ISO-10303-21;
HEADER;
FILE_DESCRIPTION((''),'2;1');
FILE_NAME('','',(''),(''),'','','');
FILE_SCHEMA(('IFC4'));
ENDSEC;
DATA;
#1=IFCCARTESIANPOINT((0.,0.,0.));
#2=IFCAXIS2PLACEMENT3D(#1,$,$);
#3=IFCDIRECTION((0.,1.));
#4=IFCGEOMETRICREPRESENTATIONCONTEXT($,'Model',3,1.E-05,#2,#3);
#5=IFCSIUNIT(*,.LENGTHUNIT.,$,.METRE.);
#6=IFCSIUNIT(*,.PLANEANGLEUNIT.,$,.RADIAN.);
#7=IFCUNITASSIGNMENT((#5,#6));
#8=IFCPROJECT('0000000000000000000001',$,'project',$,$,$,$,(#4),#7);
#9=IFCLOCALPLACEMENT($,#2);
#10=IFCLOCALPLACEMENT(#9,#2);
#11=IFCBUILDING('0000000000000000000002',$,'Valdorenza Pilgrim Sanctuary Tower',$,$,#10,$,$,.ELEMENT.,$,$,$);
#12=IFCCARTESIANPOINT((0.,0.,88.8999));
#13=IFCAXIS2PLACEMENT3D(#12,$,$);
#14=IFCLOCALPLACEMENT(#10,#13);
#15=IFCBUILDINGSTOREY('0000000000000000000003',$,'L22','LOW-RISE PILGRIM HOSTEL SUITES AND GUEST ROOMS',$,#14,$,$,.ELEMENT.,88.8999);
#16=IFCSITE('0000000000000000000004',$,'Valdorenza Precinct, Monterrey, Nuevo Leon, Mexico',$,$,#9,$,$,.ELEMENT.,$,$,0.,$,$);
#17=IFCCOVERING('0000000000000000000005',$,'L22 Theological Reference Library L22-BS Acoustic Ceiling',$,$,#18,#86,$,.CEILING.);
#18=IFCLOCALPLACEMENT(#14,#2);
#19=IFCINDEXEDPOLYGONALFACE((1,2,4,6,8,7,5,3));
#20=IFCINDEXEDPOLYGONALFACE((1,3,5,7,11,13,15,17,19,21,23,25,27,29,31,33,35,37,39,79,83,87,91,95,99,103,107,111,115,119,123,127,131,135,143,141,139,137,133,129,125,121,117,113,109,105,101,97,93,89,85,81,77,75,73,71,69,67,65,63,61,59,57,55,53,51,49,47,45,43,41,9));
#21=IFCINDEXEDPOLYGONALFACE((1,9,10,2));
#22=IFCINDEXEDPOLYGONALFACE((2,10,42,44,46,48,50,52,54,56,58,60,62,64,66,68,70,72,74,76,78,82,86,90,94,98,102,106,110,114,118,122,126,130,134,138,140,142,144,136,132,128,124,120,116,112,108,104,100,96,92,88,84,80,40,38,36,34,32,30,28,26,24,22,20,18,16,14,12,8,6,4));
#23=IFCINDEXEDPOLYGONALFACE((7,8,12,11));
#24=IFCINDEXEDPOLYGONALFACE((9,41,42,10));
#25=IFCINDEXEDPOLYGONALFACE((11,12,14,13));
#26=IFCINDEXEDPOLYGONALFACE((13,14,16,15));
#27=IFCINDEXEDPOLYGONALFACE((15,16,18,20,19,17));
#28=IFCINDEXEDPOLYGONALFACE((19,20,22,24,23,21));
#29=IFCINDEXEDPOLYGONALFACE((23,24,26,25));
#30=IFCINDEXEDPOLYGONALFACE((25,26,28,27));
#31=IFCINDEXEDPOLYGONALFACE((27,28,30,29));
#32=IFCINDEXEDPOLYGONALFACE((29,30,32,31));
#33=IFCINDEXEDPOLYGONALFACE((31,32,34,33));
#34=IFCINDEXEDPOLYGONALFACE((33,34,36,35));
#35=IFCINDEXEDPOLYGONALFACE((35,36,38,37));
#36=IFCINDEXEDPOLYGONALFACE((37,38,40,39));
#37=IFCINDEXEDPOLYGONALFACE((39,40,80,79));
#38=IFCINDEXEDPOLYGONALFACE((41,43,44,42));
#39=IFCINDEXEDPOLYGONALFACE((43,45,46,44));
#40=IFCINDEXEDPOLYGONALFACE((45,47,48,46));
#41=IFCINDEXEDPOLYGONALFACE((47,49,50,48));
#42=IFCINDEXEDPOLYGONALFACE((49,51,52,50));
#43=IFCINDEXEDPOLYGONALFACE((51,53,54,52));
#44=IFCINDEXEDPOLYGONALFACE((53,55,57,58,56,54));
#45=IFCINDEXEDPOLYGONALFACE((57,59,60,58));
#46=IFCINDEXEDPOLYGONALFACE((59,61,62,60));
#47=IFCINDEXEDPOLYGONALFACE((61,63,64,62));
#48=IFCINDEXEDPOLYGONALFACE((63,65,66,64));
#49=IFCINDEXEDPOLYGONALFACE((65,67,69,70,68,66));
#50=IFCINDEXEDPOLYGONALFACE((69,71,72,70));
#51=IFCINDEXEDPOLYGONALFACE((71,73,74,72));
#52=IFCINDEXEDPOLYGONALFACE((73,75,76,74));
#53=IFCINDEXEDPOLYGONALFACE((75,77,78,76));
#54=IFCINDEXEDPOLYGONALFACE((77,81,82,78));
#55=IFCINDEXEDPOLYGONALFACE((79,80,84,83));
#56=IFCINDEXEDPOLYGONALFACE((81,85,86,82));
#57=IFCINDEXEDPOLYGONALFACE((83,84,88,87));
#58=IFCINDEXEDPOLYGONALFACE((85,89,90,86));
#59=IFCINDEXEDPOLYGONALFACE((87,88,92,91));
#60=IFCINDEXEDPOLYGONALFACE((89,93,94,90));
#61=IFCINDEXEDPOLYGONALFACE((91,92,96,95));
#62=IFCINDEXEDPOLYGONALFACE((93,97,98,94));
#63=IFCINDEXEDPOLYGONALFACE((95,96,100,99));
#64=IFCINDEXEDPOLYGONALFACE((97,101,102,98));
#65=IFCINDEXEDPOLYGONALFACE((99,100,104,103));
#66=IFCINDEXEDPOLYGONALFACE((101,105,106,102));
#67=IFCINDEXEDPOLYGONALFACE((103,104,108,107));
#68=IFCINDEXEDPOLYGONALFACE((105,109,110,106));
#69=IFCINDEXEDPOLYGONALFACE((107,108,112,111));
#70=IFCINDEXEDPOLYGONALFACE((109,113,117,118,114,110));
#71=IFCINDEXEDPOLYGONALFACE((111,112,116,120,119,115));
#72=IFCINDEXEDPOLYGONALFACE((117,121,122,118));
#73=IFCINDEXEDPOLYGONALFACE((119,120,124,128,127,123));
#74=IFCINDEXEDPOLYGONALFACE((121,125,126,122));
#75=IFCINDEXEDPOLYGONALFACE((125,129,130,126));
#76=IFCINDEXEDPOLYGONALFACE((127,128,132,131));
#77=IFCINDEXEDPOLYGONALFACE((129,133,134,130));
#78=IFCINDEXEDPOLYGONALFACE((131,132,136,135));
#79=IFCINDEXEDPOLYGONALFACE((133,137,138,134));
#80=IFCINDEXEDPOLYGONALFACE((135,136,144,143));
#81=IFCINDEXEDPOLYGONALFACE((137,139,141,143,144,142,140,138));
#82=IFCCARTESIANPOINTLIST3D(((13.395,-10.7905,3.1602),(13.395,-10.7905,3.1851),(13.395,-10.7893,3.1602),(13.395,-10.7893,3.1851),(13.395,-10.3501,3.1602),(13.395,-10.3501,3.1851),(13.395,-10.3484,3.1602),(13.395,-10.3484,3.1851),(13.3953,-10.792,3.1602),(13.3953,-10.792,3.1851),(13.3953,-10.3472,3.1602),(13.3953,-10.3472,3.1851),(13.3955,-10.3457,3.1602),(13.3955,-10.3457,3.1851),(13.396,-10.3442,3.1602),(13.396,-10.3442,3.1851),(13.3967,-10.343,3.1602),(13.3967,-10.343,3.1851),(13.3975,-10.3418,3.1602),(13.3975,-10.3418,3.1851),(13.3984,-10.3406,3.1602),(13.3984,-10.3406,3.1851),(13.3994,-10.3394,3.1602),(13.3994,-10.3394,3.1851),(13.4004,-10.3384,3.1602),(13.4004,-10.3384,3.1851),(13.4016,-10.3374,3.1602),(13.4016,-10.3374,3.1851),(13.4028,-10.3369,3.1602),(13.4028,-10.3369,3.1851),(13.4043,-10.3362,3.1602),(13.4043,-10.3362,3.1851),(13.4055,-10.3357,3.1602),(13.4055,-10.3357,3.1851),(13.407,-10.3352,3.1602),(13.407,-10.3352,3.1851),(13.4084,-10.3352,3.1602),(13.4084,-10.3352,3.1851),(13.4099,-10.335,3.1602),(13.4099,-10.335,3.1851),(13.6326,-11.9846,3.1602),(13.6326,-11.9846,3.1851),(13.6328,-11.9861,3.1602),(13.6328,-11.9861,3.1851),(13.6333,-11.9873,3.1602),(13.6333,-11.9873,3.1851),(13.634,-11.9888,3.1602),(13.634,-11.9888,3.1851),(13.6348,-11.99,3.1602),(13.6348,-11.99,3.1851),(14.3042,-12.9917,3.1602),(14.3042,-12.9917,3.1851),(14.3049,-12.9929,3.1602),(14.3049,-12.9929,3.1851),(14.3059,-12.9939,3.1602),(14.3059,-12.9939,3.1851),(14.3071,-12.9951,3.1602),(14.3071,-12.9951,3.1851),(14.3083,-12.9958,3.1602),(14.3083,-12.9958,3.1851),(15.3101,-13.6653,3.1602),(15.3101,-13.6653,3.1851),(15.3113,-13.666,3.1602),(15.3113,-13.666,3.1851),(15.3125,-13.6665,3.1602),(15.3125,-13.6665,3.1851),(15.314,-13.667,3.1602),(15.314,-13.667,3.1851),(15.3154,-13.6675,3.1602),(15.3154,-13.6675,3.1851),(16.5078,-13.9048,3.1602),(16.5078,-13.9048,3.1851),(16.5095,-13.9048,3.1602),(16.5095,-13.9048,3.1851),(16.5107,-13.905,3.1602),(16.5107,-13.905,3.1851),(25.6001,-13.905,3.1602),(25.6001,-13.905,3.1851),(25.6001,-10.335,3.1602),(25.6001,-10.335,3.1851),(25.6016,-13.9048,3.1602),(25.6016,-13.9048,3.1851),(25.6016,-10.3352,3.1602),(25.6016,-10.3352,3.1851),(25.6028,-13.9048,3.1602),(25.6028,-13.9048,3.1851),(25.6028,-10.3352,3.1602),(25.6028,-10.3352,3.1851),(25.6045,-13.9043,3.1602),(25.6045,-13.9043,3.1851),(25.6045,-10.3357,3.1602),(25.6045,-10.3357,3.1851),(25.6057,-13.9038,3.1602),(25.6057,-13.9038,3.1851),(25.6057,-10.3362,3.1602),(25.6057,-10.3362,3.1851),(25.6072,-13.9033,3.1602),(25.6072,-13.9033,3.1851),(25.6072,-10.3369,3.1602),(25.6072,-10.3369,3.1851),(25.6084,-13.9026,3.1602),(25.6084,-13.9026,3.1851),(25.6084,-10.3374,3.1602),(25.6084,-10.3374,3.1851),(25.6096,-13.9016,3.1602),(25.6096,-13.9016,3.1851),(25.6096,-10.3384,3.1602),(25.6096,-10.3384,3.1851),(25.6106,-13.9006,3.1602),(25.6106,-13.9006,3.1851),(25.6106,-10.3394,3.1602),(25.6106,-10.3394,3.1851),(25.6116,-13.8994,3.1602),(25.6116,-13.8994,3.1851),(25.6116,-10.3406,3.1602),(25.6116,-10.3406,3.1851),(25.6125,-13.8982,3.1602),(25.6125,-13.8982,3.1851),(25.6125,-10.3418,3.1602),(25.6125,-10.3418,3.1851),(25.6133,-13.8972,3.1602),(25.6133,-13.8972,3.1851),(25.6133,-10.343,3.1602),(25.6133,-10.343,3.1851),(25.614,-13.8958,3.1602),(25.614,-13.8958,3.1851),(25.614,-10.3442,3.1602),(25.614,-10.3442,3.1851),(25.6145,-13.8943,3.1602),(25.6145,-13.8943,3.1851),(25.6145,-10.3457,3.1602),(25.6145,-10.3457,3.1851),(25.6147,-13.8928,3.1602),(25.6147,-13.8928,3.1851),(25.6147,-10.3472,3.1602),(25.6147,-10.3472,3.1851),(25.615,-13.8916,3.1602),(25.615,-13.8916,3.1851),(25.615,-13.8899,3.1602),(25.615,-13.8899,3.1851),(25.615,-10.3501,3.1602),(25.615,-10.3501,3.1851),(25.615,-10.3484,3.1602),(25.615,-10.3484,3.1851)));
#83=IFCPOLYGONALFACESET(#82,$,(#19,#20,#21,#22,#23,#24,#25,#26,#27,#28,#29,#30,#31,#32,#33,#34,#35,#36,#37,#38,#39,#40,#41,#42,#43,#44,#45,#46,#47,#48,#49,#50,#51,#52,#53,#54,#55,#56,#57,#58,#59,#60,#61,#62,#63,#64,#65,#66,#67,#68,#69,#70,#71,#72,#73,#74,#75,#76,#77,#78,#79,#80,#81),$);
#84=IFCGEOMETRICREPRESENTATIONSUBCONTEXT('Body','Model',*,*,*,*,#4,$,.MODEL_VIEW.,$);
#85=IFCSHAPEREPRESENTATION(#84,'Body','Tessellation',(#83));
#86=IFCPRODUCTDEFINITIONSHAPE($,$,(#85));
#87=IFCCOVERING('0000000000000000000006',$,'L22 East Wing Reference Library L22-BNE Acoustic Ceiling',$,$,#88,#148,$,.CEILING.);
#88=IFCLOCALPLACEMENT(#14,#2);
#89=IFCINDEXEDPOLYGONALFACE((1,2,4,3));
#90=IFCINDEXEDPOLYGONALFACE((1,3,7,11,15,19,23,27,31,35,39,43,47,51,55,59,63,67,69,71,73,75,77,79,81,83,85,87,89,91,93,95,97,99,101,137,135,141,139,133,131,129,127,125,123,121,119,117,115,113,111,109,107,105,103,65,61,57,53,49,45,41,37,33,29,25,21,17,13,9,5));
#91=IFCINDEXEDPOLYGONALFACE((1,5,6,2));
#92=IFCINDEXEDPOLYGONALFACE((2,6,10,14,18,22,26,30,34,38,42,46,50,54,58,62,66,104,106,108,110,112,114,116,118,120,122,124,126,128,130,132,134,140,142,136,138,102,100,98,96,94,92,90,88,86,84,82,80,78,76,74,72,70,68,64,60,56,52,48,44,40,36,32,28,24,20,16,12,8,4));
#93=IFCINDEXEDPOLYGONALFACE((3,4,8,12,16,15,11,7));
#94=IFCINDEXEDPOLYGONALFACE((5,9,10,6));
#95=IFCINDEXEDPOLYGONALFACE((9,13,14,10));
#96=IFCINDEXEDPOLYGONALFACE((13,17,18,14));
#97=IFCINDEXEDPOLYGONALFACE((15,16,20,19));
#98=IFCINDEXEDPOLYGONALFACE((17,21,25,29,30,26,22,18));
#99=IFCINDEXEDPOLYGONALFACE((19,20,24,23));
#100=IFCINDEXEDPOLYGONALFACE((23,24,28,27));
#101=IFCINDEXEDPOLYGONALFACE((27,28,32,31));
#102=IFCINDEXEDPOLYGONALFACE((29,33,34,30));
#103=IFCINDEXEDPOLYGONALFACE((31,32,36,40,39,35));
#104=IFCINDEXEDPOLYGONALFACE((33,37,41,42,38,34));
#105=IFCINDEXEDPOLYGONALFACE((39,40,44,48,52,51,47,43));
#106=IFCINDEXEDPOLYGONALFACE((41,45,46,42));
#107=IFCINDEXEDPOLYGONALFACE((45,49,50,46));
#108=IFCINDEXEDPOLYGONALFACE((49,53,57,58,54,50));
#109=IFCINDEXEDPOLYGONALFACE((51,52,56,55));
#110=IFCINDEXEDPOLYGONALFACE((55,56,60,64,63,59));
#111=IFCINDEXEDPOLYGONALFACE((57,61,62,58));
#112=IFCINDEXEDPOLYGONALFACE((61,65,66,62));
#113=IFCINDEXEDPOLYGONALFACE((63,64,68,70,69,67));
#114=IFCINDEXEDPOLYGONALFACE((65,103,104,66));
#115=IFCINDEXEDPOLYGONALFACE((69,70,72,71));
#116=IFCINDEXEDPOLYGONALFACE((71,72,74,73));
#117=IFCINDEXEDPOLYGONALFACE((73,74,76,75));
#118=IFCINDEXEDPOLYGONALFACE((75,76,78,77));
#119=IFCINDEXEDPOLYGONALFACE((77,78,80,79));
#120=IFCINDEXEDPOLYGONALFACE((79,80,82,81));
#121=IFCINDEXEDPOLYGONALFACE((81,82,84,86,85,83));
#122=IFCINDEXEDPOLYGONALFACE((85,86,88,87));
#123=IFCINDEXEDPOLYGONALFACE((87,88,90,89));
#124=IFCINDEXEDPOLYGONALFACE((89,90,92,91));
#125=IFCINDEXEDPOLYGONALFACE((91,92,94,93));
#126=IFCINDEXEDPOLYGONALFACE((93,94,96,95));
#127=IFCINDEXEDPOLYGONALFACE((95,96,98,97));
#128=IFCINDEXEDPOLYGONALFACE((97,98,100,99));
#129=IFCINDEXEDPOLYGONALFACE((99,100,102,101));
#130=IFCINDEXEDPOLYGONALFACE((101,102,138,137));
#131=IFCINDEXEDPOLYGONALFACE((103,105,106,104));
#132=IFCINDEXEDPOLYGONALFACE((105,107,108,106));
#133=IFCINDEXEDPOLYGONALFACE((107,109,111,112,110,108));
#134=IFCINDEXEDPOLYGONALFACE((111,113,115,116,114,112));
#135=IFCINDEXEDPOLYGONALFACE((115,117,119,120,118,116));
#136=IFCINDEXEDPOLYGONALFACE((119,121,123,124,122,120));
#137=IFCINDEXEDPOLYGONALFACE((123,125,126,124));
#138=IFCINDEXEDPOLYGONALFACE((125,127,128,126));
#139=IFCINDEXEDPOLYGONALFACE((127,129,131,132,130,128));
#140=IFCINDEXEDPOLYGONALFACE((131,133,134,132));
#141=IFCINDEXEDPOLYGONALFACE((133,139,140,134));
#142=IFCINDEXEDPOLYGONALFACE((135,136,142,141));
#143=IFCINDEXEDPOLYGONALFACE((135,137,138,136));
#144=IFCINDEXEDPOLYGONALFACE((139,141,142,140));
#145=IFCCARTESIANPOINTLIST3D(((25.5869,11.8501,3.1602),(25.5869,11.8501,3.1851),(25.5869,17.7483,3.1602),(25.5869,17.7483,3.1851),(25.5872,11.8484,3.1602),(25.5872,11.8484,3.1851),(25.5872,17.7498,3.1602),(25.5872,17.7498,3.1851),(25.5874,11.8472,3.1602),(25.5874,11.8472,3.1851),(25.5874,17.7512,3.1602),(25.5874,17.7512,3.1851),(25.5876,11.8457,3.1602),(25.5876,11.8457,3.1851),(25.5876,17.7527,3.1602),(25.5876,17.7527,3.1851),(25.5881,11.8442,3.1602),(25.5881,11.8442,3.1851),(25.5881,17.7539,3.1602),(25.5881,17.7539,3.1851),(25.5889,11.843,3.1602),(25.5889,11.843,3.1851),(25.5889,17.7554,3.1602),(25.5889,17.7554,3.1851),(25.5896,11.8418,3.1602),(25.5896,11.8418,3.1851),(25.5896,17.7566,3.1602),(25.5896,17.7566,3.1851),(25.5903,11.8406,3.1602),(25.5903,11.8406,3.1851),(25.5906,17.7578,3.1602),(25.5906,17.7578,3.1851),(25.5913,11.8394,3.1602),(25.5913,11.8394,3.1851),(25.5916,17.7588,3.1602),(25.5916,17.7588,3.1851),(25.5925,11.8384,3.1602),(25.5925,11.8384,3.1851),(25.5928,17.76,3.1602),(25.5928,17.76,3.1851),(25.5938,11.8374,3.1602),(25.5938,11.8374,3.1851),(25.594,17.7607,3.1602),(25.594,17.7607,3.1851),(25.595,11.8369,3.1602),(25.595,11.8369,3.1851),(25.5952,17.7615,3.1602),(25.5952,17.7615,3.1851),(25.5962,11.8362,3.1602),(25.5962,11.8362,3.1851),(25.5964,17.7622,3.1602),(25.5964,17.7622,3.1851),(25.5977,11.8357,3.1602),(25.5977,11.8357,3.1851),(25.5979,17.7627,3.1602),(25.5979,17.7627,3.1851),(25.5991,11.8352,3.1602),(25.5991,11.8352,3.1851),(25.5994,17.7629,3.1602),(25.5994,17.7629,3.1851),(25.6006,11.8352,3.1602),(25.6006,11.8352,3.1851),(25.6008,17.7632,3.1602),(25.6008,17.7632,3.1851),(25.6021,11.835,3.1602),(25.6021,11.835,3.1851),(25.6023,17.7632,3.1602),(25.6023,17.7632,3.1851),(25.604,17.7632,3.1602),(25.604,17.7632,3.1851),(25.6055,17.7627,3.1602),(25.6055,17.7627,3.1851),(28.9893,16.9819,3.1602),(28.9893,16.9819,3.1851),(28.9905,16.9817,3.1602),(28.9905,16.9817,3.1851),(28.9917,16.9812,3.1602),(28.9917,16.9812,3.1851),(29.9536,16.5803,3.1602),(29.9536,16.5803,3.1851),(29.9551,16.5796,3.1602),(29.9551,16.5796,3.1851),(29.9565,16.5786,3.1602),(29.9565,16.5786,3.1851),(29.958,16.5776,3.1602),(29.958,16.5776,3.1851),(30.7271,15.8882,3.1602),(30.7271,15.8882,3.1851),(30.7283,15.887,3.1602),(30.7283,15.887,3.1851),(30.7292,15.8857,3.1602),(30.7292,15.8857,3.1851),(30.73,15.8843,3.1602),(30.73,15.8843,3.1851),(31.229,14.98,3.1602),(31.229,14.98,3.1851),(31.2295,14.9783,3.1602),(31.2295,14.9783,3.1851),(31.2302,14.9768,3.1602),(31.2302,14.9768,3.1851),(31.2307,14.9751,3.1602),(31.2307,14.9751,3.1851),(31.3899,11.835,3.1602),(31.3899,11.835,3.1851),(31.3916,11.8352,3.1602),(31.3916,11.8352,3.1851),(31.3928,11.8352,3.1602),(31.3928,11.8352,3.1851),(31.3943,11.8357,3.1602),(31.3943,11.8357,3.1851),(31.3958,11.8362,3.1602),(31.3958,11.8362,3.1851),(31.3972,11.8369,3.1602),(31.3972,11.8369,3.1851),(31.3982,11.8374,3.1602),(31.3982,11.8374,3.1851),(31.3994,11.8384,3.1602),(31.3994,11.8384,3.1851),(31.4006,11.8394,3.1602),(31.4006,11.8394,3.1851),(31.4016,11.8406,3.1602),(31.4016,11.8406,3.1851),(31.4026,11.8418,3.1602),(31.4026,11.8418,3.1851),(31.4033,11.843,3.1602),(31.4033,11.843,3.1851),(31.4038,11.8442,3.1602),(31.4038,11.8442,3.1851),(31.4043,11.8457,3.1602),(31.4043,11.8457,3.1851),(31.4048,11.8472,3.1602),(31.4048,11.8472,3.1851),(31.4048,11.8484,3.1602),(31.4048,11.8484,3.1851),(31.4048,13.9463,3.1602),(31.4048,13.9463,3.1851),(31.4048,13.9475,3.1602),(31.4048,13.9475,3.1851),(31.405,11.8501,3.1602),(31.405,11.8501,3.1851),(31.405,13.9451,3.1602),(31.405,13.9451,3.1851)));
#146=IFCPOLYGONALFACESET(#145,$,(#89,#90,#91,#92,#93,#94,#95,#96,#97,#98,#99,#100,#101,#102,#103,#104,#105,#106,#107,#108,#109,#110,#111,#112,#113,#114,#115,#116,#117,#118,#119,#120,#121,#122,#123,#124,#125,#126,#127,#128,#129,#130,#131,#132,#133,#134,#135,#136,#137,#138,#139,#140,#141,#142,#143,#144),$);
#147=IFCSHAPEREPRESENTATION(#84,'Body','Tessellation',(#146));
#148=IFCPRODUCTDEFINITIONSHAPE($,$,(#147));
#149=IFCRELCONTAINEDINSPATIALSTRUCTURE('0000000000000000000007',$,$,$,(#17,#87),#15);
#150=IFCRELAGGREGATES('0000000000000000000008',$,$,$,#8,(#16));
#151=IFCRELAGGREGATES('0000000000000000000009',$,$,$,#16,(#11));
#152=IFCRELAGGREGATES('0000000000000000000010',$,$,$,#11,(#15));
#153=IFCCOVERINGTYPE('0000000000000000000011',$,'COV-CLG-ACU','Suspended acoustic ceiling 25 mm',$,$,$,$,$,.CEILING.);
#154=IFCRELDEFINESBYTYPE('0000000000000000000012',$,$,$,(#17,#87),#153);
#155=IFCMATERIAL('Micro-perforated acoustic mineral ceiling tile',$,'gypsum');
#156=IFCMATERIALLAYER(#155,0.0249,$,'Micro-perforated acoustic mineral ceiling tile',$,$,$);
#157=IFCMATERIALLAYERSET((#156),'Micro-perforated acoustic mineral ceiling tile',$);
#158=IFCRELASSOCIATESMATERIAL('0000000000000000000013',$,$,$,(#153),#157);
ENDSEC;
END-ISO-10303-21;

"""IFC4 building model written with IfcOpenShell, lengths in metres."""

from ifc_helpers import new_model, si_unit, direction, frame, origin, place, context, subcontext, project, spatial, polyline, outline, extrude, material, layer, layer_set, type_object, element, save


model = new_model("IFC4")

# Units and contexts
model_context = context("Model", 3, precision=1e-05, world=origin(), true_north=direction((0.0, 1.0)))
body_context = subcontext(model_context, "Body", "Model", "MODEL_VIEW")
ifc_project = project(units=[si_unit("LENGTHUNIT", "METRE"), si_unit("PLANEANGLEUNIT", "RADIAN")], contexts=[model_context])

# Site, building, storey
site_placement = place(None, origin())
site = spatial("IfcSite", under=ifc_project, at=site_placement, Name="Valdorenza Precinct, Monterrey, Nuevo Leon, Mexico", CompositionType="ELEMENT", RefElevation=0.0)
building_placement = place(site_placement, origin())
building = spatial("IfcBuilding", under=site, at=building_placement, Name="Valdorenza Pilgrim Sanctuary Tower", CompositionType="ELEMENT")
storey_placement = place(building_placement, frame((0.0, 0.0, 88.8999)))
storey = spatial("IfcBuildingStorey", under=building, at=storey_placement, Name="L22", Description="LOW-RISE PILGRIM HOSTEL SUITES AND GUEST ROOMS", CompositionType="ELEMENT", Elevation=88.8999)

# Coverings
ifc_material_1 = material(Name="Micro-perforated acoustic mineral ceiling tile", Category="gypsum")
ifc_layer_1 = layer(ifc_material_1, 0.0249, Name="Micro-perforated acoustic mineral ceiling tile")
ifc_layer_set_1 = layer_set([ifc_layer_1], Name="Micro-perforated acoustic mineral ceiling tile")
covering_type_1 = type_object("IfcCoveringType", Name="COV-CLG-ACU", Description="Suspended acoustic ceiling 25 mm", PredefinedType="CEILING", material=ifc_layer_set_1)
covering_1_placement = place(storey_placement, frame((0.0, 0.0, 3.1602)))
element("IfcCovering", 1, at=covering_1_placement, inside=storey, type_object=covering_type_1, Name="L22 Theological Reference Library L22-BS Acoustic Ceiling", PredefinedType="CEILING", context=body_context, shape_type="SweptSolid", body=[
    extrude(outline(polyline([(25.615, -13.8899), (25.615, -13.8916), (25.6147, -13.8928), (25.6145, -13.8943), (25.614, -13.8958), (25.6133, -13.8972), (25.6125, -13.8982), (25.6116, -13.8994), (25.6106, -13.9006), (25.6096, -13.9016), (25.6084, -13.9026), (25.6072, -13.9033), (25.6057, -13.9038), (25.6045, -13.9043), (25.6028, -13.9048), (25.6016, -13.9048), (25.6001, -13.905), (16.5107, -13.905), (16.5095, -13.9048), (16.5078, -13.9048), (15.3154, -13.6675), (15.314, -13.667), (15.3125, -13.6665), (15.3113, -13.666), (15.3101, -13.6653), (14.3083, -12.9958), (14.3071, -12.9951), (14.3059, -12.9939), (14.3049, -12.9929), (14.3042, -12.9917), (13.6348, -11.99), (13.634, -11.9888), (13.6333, -11.9873), (13.6328, -11.9861), (13.6326, -11.9846), (13.3953, -10.792), (13.395, -10.7905), (13.395, -10.7893), (13.395, -10.3501), (13.395, -10.3484), (13.3953, -10.3472), (13.3955, -10.3457), (13.396, -10.3442), (13.3967, -10.343), (13.3975, -10.3418), (13.3984, -10.3406), (13.3994, -10.3394), (13.4004, -10.3384), (13.4016, -10.3374), (13.4028, -10.3369), (13.4043, -10.3362), (13.4055, -10.3357), (13.407, -10.3352), (13.4084, -10.3352), (13.4099, -10.335), (25.6001, -10.335), (25.6016, -10.3352), (25.6028, -10.3352), (25.6045, -10.3357), (25.6057, -10.3362), (25.6072, -10.3369), (25.6084, -10.3374), (25.6096, -10.3384), (25.6106, -10.3394), (25.6116, -10.3406), (25.6125, -10.3418), (25.6133, -10.343), (25.614, -10.3442), (25.6145, -10.3457), (25.6147, -10.3472), (25.615, -10.3484), (25.615, -10.3501), (25.615, -13.8899)])), origin(), (0.0, 0.0, 1.0), 0.0249),
])
covering_2_placement = place(storey_placement, frame((0.0, 0.0, 3.1602)))
element("IfcCovering", 2, at=covering_2_placement, inside=storey, type_object=covering_type_1, Name="L22 East Wing Reference Library L22-BNE Acoustic Ceiling", PredefinedType="CEILING", context=body_context, shape_type="SweptSolid", body=[
    extrude(outline(polyline([(28.9893, 16.9819), (28.9905, 16.9817), (28.9917, 16.9812), (29.9536, 16.5803), (29.9551, 16.5796), (29.9565, 16.5786), (29.958, 16.5776), (30.7271, 15.8882), (30.7283, 15.887), (30.7292, 15.8857), (30.73, 15.8843), (31.229, 14.98), (31.2295, 14.9783), (31.2302, 14.9768), (31.2307, 14.9751), (31.4048, 13.9475), (31.4048, 13.9463), (31.405, 13.9451), (31.405, 11.8501), (31.4048, 11.8484), (31.4048, 11.8472), (31.4043, 11.8457), (31.4038, 11.8442), (31.4033, 11.843), (31.4026, 11.8418), (31.4016, 11.8406), (31.4006, 11.8394), (31.3994, 11.8384), (31.3982, 11.8374), (31.3972, 11.8369), (31.3958, 11.8362), (31.3943, 11.8357), (31.3928, 11.8352), (31.3916, 11.8352), (31.3899, 11.835), (25.6021, 11.835), (25.6006, 11.8352), (25.5991, 11.8352), (25.5977, 11.8357), (25.5962, 11.8362), (25.595, 11.8369), (25.5938, 11.8374), (25.5925, 11.8384), (25.5913, 11.8394), (25.5903, 11.8406), (25.5896, 11.8418), (25.5889, 11.843), (25.5881, 11.8442), (25.5876, 11.8457), (25.5874, 11.8472), (25.5872, 11.8484), (25.5869, 11.8501), (25.5869, 17.7483), (25.5872, 17.7498), (25.5874, 17.7512), (25.5876, 17.7527), (25.5881, 17.7539), (25.5889, 17.7554), (25.5896, 17.7566), (25.5906, 17.7578), (25.5916, 17.7588), (25.5928, 17.76), (25.594, 17.7607), (25.5952, 17.7615), (25.5964, 17.7622), (25.5979, 17.7627), (25.5994, 17.7629), (25.6008, 17.7632), (25.6023, 17.7632), (25.604, 17.7632), (25.6055, 17.7627), (28.9893, 16.9819)])), origin(), (0.0, 0.0, 1.0), 0.0249),
])

save(model, "model.ifc")
